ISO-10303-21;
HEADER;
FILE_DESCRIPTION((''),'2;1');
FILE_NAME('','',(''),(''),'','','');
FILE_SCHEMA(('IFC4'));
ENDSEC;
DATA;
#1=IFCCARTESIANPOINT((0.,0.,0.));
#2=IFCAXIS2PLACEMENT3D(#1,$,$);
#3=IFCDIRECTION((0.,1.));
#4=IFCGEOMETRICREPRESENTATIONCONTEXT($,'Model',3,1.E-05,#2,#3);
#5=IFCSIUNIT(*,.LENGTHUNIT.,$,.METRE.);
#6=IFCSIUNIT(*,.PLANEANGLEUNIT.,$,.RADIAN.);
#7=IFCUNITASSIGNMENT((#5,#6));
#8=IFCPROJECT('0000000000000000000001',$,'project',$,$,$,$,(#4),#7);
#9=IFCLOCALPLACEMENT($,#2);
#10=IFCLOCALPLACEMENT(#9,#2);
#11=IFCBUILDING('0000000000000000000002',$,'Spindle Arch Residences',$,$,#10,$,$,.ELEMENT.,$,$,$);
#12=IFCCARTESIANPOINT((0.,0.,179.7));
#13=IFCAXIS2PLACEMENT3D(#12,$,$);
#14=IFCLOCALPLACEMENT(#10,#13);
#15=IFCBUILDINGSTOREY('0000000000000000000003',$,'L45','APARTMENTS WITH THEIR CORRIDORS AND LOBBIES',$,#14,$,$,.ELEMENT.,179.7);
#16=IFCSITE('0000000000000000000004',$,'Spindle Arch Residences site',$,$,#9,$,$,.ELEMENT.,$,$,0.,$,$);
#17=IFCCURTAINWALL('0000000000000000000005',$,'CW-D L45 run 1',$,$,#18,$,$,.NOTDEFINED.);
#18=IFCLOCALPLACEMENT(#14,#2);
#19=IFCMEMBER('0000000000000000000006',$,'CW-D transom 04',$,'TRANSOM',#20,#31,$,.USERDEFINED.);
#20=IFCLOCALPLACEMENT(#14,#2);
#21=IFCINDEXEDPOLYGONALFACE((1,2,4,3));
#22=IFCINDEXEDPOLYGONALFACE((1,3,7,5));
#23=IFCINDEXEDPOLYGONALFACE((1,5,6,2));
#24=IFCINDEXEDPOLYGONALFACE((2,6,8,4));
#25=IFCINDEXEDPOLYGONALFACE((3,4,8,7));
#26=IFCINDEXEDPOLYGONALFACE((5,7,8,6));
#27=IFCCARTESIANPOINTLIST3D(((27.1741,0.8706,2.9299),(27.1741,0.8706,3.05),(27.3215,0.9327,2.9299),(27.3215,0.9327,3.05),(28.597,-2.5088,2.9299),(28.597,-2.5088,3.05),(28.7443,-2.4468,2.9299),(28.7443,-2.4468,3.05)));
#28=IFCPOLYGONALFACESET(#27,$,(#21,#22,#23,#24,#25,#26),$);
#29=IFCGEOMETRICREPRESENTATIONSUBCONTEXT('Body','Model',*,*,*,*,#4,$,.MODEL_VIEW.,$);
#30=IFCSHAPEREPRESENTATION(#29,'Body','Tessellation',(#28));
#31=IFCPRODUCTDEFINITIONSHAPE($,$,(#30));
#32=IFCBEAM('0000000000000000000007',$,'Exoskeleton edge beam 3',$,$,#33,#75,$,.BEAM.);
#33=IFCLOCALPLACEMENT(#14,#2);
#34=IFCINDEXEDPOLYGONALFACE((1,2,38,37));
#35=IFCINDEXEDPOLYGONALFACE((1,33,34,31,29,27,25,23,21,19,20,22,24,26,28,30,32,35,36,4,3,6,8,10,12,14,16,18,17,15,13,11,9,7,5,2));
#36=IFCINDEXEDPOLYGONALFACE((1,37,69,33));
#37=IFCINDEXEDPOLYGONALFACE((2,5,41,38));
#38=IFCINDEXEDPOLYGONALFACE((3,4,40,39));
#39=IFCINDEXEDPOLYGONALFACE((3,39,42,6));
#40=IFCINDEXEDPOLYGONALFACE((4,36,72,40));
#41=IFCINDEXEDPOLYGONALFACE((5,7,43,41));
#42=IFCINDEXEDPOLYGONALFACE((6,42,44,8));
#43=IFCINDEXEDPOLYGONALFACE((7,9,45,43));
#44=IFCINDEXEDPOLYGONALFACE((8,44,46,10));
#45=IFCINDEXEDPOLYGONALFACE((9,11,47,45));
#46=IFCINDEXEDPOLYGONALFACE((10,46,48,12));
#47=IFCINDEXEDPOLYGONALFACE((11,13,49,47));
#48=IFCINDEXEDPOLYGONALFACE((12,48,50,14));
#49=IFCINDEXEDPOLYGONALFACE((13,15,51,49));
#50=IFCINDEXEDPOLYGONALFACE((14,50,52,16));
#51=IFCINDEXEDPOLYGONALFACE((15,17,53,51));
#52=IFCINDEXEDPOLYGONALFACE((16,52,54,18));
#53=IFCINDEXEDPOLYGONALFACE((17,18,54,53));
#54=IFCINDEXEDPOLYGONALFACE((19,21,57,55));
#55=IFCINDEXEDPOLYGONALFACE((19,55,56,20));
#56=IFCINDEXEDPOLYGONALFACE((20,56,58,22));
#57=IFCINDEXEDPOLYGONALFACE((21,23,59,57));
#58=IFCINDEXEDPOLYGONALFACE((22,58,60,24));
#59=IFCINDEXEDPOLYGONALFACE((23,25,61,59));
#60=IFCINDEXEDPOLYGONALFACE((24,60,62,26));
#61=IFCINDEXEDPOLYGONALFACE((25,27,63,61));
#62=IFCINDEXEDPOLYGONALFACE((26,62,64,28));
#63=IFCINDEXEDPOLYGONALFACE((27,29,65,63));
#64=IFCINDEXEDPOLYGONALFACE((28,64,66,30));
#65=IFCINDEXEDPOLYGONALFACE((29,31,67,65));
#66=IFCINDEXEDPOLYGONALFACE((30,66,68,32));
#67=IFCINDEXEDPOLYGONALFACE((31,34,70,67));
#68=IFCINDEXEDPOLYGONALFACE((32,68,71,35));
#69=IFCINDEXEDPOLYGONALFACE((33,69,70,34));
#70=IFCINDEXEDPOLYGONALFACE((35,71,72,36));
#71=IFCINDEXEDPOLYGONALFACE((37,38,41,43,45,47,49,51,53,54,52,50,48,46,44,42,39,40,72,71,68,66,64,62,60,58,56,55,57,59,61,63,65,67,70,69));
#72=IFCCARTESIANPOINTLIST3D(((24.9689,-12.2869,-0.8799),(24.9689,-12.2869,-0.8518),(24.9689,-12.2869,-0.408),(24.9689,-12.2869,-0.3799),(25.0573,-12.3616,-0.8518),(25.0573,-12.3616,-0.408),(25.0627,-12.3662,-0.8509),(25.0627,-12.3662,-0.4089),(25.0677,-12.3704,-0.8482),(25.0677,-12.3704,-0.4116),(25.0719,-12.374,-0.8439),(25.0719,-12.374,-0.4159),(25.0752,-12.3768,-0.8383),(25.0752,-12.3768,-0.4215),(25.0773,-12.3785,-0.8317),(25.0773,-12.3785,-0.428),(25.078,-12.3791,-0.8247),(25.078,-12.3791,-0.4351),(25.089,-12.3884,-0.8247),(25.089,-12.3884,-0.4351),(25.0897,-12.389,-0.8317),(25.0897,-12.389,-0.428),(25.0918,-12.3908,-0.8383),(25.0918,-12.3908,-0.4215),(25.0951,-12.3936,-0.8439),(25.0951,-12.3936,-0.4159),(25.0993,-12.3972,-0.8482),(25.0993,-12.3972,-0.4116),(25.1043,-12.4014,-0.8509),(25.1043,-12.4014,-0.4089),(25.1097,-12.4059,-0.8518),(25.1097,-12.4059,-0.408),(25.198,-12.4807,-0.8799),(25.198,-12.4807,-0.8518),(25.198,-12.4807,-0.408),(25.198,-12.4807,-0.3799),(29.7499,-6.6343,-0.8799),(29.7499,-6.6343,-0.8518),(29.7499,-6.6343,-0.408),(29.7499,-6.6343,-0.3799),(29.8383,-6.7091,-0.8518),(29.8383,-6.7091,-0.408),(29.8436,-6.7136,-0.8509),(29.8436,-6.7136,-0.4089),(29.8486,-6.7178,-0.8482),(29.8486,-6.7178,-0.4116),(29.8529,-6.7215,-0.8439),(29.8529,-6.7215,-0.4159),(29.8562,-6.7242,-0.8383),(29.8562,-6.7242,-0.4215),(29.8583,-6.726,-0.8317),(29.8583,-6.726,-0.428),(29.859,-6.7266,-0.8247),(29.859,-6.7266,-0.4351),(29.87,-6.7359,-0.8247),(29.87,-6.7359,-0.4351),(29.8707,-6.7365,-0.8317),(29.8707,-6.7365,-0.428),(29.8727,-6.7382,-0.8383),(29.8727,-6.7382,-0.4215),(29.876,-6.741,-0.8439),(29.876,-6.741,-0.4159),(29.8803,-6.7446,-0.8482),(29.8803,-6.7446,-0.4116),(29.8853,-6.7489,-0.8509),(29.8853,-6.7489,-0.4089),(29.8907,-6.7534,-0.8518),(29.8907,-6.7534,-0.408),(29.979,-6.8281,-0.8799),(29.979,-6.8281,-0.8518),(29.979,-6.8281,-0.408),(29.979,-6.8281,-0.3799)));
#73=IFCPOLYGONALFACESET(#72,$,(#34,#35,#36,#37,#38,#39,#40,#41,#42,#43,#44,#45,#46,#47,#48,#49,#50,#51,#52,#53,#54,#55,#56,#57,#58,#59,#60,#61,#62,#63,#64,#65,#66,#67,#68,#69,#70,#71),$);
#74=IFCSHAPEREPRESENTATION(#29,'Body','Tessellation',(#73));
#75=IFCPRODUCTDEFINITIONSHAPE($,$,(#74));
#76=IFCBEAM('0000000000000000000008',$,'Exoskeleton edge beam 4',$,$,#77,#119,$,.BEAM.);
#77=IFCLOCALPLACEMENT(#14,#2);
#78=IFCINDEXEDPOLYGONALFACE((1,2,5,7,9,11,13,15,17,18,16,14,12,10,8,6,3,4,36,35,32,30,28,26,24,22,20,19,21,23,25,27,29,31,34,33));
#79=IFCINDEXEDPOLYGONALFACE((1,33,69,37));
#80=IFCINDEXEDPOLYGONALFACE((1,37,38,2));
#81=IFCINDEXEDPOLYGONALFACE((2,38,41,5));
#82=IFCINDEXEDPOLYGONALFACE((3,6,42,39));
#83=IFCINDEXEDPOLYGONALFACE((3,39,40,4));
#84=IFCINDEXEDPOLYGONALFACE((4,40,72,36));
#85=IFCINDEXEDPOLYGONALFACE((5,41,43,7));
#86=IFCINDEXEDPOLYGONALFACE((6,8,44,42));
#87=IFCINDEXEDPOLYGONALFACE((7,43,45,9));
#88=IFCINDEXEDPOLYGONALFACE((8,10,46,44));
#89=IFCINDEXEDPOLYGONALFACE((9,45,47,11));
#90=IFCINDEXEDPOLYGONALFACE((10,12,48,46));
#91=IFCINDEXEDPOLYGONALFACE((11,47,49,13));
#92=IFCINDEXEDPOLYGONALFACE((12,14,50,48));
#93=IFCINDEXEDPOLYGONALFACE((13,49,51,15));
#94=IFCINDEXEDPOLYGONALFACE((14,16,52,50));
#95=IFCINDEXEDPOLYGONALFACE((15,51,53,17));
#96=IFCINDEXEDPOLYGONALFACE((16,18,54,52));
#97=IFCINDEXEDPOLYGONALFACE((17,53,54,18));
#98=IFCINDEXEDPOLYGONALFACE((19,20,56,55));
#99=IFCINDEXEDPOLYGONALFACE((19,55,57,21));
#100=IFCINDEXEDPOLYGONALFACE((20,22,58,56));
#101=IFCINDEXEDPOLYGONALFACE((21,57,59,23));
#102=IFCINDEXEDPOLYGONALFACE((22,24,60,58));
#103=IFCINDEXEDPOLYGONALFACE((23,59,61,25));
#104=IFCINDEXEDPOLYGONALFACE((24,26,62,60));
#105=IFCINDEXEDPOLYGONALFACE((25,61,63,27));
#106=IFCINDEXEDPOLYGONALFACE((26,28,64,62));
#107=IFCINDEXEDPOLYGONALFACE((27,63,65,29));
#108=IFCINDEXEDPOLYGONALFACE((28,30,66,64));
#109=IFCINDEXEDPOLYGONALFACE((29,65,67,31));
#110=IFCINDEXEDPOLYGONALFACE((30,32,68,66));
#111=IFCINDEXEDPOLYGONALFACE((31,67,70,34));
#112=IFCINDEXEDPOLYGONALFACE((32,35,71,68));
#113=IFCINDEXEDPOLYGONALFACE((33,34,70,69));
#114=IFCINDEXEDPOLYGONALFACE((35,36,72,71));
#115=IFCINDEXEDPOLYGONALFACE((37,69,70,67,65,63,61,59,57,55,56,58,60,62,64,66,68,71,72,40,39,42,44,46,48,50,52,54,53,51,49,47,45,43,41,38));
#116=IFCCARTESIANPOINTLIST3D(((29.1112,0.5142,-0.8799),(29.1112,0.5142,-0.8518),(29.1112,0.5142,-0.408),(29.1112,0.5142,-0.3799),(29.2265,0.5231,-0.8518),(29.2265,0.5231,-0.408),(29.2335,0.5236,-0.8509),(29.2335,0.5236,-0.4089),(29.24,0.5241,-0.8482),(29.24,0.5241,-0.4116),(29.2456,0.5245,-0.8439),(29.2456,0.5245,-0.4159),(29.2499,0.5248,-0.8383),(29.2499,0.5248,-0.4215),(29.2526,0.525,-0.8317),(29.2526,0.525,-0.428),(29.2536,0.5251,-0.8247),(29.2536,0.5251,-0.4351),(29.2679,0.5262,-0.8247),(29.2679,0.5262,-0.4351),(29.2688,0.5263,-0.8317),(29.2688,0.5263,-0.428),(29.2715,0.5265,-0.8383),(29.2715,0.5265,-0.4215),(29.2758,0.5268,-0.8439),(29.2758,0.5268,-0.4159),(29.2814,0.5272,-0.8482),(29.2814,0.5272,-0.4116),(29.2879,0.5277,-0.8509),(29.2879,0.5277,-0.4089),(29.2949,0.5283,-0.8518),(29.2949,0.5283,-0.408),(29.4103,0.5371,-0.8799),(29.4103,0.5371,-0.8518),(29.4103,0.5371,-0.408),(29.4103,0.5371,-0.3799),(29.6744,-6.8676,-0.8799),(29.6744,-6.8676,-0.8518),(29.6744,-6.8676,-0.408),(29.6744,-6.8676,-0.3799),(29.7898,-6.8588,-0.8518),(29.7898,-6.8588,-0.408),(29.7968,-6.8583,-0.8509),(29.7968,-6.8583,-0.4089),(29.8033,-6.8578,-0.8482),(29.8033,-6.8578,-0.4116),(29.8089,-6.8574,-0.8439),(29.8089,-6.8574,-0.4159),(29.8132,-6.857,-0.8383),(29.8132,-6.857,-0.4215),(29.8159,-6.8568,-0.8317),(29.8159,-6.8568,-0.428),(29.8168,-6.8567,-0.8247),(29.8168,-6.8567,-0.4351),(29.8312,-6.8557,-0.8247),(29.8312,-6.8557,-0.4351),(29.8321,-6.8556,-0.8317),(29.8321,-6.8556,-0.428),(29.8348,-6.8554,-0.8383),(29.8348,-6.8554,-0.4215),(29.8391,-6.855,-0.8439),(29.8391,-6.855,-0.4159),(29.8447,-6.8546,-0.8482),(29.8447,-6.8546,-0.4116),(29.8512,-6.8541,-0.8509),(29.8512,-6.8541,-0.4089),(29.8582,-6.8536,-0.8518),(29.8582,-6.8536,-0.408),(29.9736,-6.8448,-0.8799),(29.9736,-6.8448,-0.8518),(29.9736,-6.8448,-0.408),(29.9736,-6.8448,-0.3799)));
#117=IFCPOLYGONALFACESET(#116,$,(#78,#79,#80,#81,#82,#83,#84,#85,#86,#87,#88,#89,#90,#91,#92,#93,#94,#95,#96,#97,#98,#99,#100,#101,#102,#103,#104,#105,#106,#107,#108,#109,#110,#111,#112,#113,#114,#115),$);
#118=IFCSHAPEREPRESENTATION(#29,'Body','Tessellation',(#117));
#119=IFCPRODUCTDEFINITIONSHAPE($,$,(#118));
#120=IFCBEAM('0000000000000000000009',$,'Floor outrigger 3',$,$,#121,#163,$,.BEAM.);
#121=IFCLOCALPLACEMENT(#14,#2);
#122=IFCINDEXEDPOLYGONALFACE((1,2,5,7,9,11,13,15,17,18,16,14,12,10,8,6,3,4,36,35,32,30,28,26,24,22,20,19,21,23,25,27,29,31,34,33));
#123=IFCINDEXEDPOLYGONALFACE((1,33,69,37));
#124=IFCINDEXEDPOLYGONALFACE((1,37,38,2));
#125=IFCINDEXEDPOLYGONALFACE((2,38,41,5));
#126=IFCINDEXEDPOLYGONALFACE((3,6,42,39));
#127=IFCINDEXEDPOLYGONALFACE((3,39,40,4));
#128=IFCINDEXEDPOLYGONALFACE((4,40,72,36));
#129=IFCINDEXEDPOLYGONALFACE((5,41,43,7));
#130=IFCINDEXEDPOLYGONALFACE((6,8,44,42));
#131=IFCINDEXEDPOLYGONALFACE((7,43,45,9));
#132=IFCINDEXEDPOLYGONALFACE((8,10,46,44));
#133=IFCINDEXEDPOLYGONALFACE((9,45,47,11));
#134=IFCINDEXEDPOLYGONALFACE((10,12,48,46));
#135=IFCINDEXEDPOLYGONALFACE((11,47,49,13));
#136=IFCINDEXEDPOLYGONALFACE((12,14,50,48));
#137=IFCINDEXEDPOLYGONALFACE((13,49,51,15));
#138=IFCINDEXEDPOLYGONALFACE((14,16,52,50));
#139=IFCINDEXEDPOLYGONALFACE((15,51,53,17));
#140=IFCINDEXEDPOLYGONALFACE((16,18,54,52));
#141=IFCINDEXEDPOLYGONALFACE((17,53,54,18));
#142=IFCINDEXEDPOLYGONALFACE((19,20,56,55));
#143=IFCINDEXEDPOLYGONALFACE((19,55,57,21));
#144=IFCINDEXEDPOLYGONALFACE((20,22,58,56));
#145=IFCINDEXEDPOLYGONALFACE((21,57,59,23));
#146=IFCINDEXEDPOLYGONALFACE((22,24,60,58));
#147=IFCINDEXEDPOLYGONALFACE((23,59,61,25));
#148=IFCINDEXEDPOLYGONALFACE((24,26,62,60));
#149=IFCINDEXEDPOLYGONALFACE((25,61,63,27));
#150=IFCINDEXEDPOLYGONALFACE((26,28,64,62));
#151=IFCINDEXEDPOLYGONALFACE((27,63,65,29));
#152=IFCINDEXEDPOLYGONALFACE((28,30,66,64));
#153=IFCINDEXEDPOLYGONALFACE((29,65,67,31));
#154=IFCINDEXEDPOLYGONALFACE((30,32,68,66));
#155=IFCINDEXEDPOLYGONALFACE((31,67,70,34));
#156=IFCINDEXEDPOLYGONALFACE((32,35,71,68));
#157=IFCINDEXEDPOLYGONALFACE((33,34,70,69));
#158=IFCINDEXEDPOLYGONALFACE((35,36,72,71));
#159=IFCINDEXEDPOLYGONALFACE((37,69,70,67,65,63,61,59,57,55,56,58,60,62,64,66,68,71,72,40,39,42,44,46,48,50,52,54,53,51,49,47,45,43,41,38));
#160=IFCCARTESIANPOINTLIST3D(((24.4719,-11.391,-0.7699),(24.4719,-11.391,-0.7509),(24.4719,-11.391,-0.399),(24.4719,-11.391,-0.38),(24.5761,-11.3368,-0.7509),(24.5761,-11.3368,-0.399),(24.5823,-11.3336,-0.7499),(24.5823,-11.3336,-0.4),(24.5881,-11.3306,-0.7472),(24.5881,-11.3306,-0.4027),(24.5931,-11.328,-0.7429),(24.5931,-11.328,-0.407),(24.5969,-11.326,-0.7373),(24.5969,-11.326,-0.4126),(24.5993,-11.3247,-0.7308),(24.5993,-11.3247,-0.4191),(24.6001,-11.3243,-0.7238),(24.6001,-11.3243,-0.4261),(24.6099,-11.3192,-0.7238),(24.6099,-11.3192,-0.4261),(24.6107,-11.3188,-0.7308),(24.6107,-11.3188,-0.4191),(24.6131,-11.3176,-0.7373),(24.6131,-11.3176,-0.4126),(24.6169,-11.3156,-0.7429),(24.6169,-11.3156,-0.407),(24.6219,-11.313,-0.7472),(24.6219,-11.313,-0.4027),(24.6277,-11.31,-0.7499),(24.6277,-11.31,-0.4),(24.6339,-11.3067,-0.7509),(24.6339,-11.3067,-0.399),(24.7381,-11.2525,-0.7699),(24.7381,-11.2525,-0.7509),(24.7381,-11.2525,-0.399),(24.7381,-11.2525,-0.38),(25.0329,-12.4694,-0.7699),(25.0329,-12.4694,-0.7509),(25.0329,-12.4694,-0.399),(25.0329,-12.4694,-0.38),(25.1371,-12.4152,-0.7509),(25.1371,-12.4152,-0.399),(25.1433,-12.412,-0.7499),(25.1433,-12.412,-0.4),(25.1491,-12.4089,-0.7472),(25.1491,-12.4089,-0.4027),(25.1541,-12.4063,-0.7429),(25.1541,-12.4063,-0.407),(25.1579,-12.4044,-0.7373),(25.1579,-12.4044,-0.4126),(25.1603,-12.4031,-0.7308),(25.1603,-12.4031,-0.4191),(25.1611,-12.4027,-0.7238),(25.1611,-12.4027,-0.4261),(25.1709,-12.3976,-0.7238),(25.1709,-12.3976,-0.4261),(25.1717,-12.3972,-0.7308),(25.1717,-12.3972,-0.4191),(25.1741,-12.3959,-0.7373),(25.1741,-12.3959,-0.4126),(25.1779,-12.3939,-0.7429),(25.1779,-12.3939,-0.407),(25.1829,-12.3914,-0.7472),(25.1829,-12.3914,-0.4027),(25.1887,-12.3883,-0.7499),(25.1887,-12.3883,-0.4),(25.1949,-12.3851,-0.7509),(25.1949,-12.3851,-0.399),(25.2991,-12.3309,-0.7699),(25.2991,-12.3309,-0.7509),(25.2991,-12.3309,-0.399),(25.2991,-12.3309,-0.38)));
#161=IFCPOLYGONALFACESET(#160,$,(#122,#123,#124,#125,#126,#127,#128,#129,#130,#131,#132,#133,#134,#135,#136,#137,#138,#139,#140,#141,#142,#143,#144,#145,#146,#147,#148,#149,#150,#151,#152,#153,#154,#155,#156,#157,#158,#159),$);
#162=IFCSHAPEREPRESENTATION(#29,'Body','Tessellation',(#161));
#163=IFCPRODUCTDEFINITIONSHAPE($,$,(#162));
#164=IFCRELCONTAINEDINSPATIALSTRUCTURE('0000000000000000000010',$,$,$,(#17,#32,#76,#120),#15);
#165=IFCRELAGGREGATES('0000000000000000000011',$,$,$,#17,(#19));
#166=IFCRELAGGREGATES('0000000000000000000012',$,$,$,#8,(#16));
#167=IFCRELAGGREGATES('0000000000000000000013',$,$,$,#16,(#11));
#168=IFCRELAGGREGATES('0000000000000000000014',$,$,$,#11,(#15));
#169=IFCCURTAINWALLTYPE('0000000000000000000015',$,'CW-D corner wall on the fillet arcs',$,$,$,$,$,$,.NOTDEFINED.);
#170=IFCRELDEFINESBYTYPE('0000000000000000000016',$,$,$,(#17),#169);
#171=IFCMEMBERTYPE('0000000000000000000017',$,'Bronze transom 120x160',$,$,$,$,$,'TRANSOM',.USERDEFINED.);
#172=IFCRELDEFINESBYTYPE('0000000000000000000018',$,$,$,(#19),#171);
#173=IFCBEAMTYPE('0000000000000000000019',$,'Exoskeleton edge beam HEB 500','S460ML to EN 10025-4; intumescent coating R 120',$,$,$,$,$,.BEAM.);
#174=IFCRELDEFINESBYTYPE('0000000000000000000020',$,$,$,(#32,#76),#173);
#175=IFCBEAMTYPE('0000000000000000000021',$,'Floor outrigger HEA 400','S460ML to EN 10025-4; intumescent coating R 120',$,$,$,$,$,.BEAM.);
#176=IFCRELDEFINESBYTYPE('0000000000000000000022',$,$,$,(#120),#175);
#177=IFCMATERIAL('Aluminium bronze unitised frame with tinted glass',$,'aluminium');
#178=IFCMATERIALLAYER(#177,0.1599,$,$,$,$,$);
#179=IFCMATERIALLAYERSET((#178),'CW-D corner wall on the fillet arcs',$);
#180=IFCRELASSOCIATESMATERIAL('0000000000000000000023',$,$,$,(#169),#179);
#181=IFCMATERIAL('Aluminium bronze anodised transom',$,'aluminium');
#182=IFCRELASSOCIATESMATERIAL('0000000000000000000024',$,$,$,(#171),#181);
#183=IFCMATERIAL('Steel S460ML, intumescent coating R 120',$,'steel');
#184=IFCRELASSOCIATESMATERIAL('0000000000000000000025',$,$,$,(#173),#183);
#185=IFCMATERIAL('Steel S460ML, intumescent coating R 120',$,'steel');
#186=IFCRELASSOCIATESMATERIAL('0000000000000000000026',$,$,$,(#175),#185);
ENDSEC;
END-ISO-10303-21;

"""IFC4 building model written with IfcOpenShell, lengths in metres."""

from ifc_helpers import new_model, si_unit, direction, frame, origin, origin_2d, place, context, subcontext, project, spatial, rectangle, i_section, extrude, material, layer, layer_set, material_profile, profile_set, type_object, element, aggregate, save


model = new_model("IFC4")

# Units and contexts
model_context = context("Model", 3, precision=1e-05, world=origin(), true_north=direction((0.0, 1.0)))
body_context = subcontext(model_context, "Body", "Model", "MODEL_VIEW")
ifc_project = project(units=[si_unit("LENGTHUNIT", "METRE"), si_unit("PLANEANGLEUNIT", "RADIAN")], contexts=[model_context])

# Site, building, storey
site_placement = place(None, origin())
site = spatial("IfcSite", under=ifc_project, at=site_placement, Name="Spindle Arch Residences site", CompositionType="ELEMENT", RefElevation=0.0)
building_placement = place(site_placement, origin())
building = spatial("IfcBuilding", under=site, at=building_placement, Name="Spindle Arch Residences", CompositionType="ELEMENT")
storey_placement = place(building_placement, frame((0.0, 0.0, 179.7)))
storey = spatial("IfcBuildingStorey", under=building, at=storey_placement, Name="L45", Description="APARTMENTS WITH THEIR CORRIDORS AND LOBBIES", CompositionType="ELEMENT", Elevation=179.7)

# Curtain wall, member
ifc_material_1 = material(Name="Aluminium bronze unitised frame with tinted glass", Category="aluminium")
ifc_layer_1 = layer(ifc_material_1, 0.1599)
ifc_layer_set_1 = layer_set([ifc_layer_1], Name="CW-D corner wall on the fillet arcs")
curtain_wall_type = type_object("IfcCurtainWallType", Name="CW-D corner wall on the fillet arcs", PredefinedType="NOTDEFINED", material=ifc_layer_set_1)
curtain_wall_placement = place(storey_placement, origin())
curtain_wall = element("IfcCurtainWall", 1, at=curtain_wall_placement, inside=storey, type_object=curtain_wall_type, Name="CW-D L45 run 1", PredefinedType="NOTDEFINED")
ifc_material_2 = material(Name="Aluminium bronze anodised transom", Category="aluminium")
ifc_material_profile_1 = material_profile(ifc_material_2, rectangle(XDim=0.1599, YDim=0.1201, at=origin_2d()), Name="TR 120x160")
ifc_profile_set_1 = profile_set([ifc_material_profile_1], Name="Aluminium bronze anodised transom")
member_type_1 = type_object("IfcMemberType", Name="Bronze transom 120x160", ElementType="TRANSOM", PredefinedType="USERDEFINED", material=ifc_profile_set_1)
member_1_placement = place(storey_placement, frame((28.6707, -2.4778, 2.99), z_axis=(-0.388045, 0.92164, 0.0), x_axis=(-0.92164, -0.388045, 0.0)))
member_1 = element("IfcMember", 2, at=member_1_placement, type_object=member_type_1, Name="CW-D transom 04", ObjectType="TRANSOM", PredefinedType="USERDEFINED", context=body_context, shape_type="SweptSolid", body=[
    extrude(rectangle(XDim=0.1599, YDim=0.1201, at=origin_2d()), origin(), (0.0, 0.0, 1.0), 3.6667),
])

# Beams
ifc_material_3 = material(Name="Steel S460ML, intumescent coating R 120", Category="steel")
ifc_material_profile_2 = material_profile(ifc_material_3, i_section(OverallWidth=0.3, OverallDepth=0.5, WebThickness=0.0144, FlangeThickness=0.0281, FilletRadius=0.0271, at=origin_2d()), Name="HEB 500")
ifc_profile_set_2 = profile_set([ifc_material_profile_2], Name="Steel S460ML, intumescent coating R 120")
beam_type_1 = type_object("IfcBeamType", Name="Exoskeleton edge beam HEB 500", Description="S460ML to EN 10025-4; intumescent coating R 120", PredefinedType="BEAM", material=ifc_profile_set_2)
for number, where, z_axis, x_axis, name in (
    (3, (25.0835, -12.3838, -0.6299), (0.645788, 0.763516, 0.0), (-0.763516, 0.645788, 0.0), "Exoskeleton edge beam 3"),
    (4, (29.824, -6.8562, -0.6299), (-0.076079, 0.997102, 0.0), (-0.997102, -0.076079, 0.0), "Exoskeleton edge beam 4"),
):
    element("IfcBeam", number, at=place(storey_placement, frame(where, z_axis=z_axis, x_axis=x_axis)), inside=storey, type_object=beam_type_1, Name=name, PredefinedType="BEAM", context=body_context, shape_type="SweptSolid", body=[
        extrude(i_section(OverallWidth=0.3, OverallDepth=0.5, WebThickness=0.0144, FlangeThickness=0.0281, FilletRadius=0.0271, at=origin_2d()), origin(), (0.0, 0.0, 1.0), 7.4033),
    ])
ifc_material_4 = material(Name="Steel S460ML, intumescent coating R 120", Category="steel")
ifc_material_profile_3 = material_profile(ifc_material_4, i_section(OverallWidth=0.3, OverallDepth=0.3899, WebThickness=0.011, FlangeThickness=0.019, FilletRadius=0.0271, at=origin_2d()), Name="HEA 400")
ifc_profile_set_3 = profile_set([ifc_material_profile_3], Name="Steel S460ML, intumescent coating R 120")
beam_type_2 = type_object("IfcBeamType", Name="Floor outrigger HEA 400", Description="S460ML to EN 10025-4; intumescent coating R 120", PredefinedType="BEAM", material=ifc_profile_set_3)
beam_1_placement = place(storey_placement, frame((25.166, -12.4001, -0.575), z_axis=(-0.461536, 0.887121, 0.0), x_axis=(-0.887121, -0.461536, 0.0)))
element("IfcBeam", 5, at=beam_1_placement, inside=storey, type_object=beam_type_2, Name="Floor outrigger 3", PredefinedType="BEAM", context=body_context, shape_type="SweptSolid", body=[
    extrude(i_section(OverallWidth=0.3, OverallDepth=0.3899, WebThickness=0.011, FlangeThickness=0.019, FilletRadius=0.0271, at=origin_2d()), origin(), (0.0, 0.0, 1.0), 1.2156),
])

aggregate(curtain_wall, [member_1])

save(model, "model.ifc")
